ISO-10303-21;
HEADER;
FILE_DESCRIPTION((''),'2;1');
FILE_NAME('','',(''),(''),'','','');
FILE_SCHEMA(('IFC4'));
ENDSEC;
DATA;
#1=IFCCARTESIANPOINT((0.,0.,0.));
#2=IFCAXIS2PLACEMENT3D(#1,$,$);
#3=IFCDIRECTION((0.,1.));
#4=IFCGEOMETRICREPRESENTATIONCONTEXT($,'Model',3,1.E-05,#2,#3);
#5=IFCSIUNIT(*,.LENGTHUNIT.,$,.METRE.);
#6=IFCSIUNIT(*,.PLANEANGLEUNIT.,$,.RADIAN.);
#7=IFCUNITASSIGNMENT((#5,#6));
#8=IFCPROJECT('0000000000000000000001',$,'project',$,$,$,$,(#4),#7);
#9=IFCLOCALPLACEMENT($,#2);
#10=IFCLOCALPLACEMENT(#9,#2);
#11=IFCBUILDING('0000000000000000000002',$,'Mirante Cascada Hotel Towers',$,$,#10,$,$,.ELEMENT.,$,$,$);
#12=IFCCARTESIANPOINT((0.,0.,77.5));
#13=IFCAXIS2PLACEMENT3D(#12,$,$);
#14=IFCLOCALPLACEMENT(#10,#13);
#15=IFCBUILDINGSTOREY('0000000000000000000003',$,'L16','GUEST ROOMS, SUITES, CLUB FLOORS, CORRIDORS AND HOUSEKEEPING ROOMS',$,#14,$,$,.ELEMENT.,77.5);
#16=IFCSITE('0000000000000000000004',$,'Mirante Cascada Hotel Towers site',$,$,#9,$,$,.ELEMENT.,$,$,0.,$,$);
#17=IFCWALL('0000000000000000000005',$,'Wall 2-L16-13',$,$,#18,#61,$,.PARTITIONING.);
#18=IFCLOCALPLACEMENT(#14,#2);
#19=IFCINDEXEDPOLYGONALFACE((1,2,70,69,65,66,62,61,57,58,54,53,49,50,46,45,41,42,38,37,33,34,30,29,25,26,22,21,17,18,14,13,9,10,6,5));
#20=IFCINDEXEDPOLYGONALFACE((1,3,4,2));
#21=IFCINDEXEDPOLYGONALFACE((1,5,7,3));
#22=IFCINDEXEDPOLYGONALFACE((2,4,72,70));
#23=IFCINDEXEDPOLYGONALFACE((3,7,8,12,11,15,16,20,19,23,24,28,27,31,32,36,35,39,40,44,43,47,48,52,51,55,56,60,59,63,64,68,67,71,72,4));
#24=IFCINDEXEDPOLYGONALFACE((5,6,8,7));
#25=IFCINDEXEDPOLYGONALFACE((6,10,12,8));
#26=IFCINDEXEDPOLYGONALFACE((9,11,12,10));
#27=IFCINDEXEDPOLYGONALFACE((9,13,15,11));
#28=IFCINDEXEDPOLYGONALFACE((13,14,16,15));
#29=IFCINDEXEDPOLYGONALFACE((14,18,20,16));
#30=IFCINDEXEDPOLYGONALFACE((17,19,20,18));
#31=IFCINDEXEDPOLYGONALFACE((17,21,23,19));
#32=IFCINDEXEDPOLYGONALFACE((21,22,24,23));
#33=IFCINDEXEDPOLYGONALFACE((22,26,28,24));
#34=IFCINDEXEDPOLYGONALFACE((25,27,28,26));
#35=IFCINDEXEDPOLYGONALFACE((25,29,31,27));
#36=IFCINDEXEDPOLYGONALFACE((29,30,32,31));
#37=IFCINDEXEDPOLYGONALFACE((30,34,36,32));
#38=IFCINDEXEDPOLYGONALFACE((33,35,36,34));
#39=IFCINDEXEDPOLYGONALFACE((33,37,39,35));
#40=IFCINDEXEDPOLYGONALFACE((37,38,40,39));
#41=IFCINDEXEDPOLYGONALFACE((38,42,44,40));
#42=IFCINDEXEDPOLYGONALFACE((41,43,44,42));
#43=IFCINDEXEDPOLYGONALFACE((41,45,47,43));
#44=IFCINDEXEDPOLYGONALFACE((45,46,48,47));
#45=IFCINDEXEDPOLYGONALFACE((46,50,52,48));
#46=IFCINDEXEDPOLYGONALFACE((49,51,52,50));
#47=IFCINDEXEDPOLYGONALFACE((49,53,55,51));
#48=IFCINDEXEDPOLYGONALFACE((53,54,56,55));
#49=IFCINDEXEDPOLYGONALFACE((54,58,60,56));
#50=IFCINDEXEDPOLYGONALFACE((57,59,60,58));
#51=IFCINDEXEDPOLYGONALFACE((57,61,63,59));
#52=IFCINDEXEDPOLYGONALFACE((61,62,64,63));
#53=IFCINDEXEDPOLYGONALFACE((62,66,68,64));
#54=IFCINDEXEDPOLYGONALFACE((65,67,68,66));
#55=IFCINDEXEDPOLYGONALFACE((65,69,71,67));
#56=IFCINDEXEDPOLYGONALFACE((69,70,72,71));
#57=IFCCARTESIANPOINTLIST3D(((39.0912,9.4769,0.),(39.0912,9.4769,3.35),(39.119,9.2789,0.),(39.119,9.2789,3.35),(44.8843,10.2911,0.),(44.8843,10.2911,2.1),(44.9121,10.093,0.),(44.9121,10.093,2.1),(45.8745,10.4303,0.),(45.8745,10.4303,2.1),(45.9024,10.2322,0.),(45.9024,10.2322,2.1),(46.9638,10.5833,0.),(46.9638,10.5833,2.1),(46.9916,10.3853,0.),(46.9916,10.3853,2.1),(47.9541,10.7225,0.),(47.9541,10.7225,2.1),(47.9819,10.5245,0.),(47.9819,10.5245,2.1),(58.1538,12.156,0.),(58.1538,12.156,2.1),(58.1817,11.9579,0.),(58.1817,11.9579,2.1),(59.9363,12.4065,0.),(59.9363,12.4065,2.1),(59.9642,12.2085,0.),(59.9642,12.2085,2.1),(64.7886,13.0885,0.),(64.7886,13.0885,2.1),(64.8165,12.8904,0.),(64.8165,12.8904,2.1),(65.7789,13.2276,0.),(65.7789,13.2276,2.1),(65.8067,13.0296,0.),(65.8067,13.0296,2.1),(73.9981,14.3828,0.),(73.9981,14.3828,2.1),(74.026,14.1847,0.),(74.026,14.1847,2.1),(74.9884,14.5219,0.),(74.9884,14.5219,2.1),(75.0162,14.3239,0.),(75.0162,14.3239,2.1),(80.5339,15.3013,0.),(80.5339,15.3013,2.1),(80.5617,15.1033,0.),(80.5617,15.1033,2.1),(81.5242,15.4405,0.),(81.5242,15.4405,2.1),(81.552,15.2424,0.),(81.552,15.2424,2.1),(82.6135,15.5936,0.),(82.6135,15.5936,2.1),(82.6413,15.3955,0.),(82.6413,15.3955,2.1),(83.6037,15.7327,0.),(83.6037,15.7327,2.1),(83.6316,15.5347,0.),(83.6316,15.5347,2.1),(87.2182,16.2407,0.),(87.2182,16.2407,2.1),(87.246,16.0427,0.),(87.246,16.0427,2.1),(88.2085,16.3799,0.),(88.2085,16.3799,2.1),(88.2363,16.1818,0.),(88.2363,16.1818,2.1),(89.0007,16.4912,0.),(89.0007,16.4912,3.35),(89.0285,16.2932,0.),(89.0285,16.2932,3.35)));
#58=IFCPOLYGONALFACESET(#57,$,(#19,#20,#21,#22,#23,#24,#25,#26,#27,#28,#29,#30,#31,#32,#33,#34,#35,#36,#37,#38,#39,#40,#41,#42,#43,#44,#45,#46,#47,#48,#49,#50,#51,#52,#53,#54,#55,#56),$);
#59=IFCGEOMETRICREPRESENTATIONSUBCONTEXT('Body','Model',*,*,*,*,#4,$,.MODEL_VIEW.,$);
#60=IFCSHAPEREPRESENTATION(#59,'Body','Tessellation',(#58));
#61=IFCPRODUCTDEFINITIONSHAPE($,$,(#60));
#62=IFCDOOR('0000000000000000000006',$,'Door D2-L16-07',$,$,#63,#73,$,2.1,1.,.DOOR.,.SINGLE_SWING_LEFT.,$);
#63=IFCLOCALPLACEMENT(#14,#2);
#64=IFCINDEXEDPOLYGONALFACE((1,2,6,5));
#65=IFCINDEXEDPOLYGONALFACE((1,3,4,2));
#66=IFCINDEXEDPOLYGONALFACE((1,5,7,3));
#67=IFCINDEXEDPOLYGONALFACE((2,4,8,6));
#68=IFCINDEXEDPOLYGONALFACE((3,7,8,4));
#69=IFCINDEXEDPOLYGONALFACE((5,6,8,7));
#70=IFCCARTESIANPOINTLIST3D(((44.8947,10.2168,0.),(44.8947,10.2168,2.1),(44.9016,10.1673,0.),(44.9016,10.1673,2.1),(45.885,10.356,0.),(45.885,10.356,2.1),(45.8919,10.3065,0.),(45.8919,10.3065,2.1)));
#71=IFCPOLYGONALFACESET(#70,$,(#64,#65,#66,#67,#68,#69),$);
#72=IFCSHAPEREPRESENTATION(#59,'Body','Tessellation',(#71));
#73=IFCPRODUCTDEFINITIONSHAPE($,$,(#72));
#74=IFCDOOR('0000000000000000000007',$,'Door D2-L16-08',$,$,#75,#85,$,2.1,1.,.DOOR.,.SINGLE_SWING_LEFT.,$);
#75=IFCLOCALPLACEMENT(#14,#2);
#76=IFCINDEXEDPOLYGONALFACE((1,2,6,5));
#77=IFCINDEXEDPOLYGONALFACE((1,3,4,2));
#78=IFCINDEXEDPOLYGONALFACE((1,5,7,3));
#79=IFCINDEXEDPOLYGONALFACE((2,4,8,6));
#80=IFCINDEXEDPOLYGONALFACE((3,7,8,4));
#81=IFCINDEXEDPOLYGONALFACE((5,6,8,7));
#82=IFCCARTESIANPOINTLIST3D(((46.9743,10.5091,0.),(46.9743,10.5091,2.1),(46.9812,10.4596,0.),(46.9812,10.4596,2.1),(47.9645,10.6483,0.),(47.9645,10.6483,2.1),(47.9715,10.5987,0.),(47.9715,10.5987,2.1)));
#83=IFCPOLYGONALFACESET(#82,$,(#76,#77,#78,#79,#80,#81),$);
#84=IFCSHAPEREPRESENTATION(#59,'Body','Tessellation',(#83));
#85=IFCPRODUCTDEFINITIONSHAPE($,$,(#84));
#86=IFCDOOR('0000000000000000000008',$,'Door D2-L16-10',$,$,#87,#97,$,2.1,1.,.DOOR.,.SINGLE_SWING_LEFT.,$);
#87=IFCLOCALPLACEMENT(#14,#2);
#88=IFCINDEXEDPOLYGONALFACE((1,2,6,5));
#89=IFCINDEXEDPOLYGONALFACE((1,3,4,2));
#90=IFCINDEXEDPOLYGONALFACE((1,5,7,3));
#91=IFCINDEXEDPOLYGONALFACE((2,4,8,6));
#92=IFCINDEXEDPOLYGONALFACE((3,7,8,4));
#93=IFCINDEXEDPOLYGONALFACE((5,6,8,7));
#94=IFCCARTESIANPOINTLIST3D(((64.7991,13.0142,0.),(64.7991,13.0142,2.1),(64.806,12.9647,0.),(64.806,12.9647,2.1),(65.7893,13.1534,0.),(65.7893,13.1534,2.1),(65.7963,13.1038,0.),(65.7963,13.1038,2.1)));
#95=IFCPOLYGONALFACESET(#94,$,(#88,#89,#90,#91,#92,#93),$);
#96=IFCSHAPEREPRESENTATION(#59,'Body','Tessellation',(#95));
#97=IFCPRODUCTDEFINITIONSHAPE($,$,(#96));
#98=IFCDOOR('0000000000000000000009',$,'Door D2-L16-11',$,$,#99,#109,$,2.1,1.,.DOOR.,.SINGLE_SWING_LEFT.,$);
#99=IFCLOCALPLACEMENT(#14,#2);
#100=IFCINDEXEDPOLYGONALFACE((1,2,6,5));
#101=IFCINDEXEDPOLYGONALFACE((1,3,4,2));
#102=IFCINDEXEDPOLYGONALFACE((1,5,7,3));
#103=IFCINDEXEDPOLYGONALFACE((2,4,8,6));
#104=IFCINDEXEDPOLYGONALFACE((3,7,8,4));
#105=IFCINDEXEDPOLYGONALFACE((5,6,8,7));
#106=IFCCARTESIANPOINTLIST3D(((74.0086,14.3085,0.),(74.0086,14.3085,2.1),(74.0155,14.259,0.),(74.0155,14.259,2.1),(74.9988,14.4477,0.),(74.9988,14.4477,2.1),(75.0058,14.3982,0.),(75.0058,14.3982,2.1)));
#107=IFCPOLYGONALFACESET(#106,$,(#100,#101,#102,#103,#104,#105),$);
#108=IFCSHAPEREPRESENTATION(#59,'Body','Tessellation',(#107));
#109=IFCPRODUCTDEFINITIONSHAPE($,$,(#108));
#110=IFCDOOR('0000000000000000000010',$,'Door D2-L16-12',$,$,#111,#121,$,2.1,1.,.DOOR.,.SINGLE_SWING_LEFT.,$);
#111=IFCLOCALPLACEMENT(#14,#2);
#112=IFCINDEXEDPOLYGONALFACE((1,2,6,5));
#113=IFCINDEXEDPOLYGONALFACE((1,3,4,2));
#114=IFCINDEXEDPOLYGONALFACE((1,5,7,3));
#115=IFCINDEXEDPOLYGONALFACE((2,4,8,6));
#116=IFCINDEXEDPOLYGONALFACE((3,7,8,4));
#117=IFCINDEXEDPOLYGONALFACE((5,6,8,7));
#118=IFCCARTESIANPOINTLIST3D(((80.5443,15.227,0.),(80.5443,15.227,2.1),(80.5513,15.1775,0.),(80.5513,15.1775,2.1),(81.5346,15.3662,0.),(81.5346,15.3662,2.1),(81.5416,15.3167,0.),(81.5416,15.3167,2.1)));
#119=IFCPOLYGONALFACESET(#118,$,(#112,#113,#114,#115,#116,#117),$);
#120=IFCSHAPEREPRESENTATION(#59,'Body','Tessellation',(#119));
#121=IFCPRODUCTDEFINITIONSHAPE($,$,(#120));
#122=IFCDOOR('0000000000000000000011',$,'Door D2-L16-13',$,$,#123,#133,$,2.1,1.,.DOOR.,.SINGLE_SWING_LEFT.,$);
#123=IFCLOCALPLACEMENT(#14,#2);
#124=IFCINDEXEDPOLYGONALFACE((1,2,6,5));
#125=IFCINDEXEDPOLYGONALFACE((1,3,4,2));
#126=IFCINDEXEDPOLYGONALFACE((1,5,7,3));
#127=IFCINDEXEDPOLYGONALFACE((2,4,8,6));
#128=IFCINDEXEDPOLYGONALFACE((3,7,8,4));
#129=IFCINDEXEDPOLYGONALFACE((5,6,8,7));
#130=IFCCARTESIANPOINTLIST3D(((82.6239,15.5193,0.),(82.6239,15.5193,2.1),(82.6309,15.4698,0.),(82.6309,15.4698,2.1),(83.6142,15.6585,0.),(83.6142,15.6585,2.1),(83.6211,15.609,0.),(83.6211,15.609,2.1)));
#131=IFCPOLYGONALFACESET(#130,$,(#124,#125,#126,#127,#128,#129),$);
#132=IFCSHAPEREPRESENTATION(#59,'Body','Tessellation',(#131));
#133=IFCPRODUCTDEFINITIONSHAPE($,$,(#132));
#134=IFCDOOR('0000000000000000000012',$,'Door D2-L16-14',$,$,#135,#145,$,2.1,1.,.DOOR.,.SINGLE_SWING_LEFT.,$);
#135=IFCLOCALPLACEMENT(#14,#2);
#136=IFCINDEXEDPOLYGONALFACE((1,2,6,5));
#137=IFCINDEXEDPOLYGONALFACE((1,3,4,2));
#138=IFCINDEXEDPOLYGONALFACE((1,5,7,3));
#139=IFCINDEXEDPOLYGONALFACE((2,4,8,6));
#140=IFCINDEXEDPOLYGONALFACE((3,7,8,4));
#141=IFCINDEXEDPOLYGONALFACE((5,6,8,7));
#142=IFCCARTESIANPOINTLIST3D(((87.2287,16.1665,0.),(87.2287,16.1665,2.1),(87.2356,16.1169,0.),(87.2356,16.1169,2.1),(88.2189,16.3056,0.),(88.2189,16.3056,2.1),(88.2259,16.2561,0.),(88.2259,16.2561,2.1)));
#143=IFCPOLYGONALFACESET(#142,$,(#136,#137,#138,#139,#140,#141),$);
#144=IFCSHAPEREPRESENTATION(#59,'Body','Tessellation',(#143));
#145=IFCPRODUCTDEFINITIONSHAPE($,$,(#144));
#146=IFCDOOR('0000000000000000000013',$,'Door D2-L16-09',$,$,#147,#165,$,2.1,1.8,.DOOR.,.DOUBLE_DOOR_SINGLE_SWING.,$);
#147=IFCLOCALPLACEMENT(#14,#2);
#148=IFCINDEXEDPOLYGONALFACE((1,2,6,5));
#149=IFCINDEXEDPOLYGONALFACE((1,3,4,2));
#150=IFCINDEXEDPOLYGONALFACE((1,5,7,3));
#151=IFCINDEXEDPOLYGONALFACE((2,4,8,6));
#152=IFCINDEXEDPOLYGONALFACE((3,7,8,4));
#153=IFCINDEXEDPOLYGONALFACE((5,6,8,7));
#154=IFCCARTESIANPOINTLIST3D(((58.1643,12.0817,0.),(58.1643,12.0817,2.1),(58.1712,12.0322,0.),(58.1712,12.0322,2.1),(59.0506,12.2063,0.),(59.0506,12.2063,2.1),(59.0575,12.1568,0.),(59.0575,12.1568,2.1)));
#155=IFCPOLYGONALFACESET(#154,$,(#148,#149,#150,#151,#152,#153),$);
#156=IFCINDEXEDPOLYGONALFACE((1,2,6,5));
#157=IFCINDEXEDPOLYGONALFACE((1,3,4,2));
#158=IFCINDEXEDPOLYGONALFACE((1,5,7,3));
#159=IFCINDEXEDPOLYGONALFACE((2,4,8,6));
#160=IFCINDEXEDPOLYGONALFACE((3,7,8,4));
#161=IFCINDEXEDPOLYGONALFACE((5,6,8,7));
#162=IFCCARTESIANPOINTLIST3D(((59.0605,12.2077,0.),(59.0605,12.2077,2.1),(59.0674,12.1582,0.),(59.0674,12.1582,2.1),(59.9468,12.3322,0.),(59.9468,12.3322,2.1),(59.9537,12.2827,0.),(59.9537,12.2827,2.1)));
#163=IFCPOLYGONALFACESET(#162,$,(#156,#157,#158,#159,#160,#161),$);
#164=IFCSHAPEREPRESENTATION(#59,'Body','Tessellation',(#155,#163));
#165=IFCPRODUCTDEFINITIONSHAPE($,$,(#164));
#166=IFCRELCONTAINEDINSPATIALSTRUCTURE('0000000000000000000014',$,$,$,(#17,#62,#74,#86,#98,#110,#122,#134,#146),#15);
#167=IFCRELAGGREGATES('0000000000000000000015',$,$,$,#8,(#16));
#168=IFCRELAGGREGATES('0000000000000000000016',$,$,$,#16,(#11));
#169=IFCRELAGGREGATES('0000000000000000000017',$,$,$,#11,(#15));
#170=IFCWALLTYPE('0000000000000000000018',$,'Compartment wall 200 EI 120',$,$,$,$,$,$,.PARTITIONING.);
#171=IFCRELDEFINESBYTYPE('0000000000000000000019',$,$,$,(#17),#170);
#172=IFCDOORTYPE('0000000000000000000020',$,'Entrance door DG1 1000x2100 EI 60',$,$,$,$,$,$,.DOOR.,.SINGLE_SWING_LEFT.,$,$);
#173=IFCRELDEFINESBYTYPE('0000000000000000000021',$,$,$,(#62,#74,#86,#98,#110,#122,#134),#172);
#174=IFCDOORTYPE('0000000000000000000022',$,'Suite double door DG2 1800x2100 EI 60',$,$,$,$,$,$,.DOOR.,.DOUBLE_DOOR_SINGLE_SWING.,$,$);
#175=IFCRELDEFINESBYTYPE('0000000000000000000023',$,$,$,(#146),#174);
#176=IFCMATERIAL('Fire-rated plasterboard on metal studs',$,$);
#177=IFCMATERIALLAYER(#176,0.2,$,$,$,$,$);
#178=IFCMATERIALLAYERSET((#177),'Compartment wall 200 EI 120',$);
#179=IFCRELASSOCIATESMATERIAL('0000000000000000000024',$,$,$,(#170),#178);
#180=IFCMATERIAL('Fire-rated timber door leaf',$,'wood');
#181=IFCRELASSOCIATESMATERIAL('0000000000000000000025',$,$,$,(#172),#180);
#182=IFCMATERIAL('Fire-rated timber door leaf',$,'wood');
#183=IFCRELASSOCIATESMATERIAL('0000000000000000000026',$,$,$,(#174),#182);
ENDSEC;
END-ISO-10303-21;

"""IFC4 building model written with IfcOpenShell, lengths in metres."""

from ifc_helpers import new_model, si_unit, direction, frame, frame_2d, origin, place, context, subcontext, project, spatial, rectangle, extrude, material, layer, layer_set, type_object, element, fill, save


model = new_model("IFC4")

# Units and contexts
model_context = context("Model", 3, precision=1e-05, world=origin(), true_north=direction((0.0, 1.0)))
body_context = subcontext(model_context, "Body", "Model", "MODEL_VIEW")
ifc_project = project(units=[si_unit("LENGTHUNIT", "METRE"), si_unit("PLANEANGLEUNIT", "RADIAN")], contexts=[model_context])

# Site, building, storey
site_placement = place(None, origin())
site = spatial("IfcSite", under=ifc_project, at=site_placement, Name="Mirante Cascada Hotel Towers site", CompositionType="ELEMENT", RefElevation=0.0)
building_placement = place(site_placement, origin())
building = spatial("IfcBuilding", under=site, at=building_placement, Name="Mirante Cascada Hotel Towers", CompositionType="ELEMENT")
storey_placement = place(building_placement, frame((0.0, 0.0, 77.5)))
storey = spatial("IfcBuildingStorey", under=building, at=storey_placement, Name="L16", Description="GUEST ROOMS, SUITES, CLUB FLOORS, CORRIDORS AND HOUSEKEEPING ROOMS", CompositionType="ELEMENT", Elevation=77.5)

# Wall, openings, doors
ifc_material_1 = material(Name="Fire-rated plasterboard on metal studs")
ifc_layer_1 = layer(ifc_material_1, 0.2)
ifc_layer_set_1 = layer_set([ifc_layer_1], Name="Compartment wall 200 EI 120")
wall_type_1 = type_object("IfcWallType", Name="Compartment wall 200 EI 120", PredefinedType="PARTITIONING", material=ifc_layer_set_1)
wall_1_placement = place(storey_placement, frame((39.1051, 9.3779, 0.0), z_axis=(0.0, 0.0, 1.0), x_axis=(0.990268, 0.139173, 0.0)))
wall_1 = element("IfcWall", 1, at=wall_1_placement, inside=storey, type_object=wall_type_1, Name="Wall 2-L16-13", PredefinedType="PARTITIONING", context=body_context, shape_type="SweptSolid", body=[
    extrude(rectangle(XDim=50.4, YDim=0.2, at=frame_2d((25.2, 0.0))), origin(), (0.0, 0.0, 1.0), 3.35),
])
opening_1_placement = place(wall_1_placement, frame((5.85, 0.0, 0.0)))
opening_1 = element("IfcOpeningElement", 2, at=opening_1_placement, cuts=wall_1, PredefinedType="OPENING", context=body_context, shape_type="SweptSolid", body=[
    extrude(rectangle(XDim=1.0, YDim=2.1, at=frame_2d((0.5, 1.05))), frame((0.0, 0.1, 0.0), z_axis=(0.0, -1.0, 0.0), x_axis=(1.0, 0.0, 0.0)), (0.0, 0.0, 1.0), 0.2),
])
opening_2_placement = place(wall_1_placement, frame((7.95, 0.0, 0.0)))
opening_2 = element("IfcOpeningElement", 3, at=opening_2_placement, cuts=wall_1, PredefinedType="OPENING", context=body_context, shape_type="SweptSolid", body=[
    extrude(rectangle(XDim=1.0, YDim=2.1, at=frame_2d((0.5, 1.05))), frame((0.0, 0.1, 0.0), z_axis=(0.0, -1.0, 0.0), x_axis=(1.0, 0.0, 0.0)), (0.0, 0.0, 1.0), 0.2),
])
opening_3_placement = place(wall_1_placement, frame((19.25, 0.0, 0.0)))
opening_3 = element("IfcOpeningElement", 4, at=opening_3_placement, cuts=wall_1, PredefinedType="OPENING", context=body_context, shape_type="SweptSolid", body=[
    extrude(rectangle(XDim=1.8, YDim=2.1, at=frame_2d((0.9, 1.05))), frame((0.0, 0.1, 0.0), z_axis=(0.0, -1.0, 0.0), x_axis=(1.0, 0.0, 0.0)), (0.0, 0.0, 1.0), 0.2),
])
opening_4_placement = place(wall_1_placement, frame((25.95, 0.0, 0.0)))
opening_4 = element("IfcOpeningElement", 5, at=opening_4_placement, cuts=wall_1, PredefinedType="OPENING", context=body_context, shape_type="SweptSolid", body=[
    extrude(rectangle(XDim=1.0, YDim=2.1, at=frame_2d((0.5, 1.05))), frame((0.0, 0.1, 0.0), z_axis=(0.0, -1.0, 0.0), x_axis=(1.0, 0.0, 0.0)), (0.0, 0.0, 1.0), 0.2),
])
opening_5_placement = place(wall_1_placement, frame((35.25, 0.0, 0.0)))
opening_5 = element("IfcOpeningElement", 6, at=opening_5_placement, cuts=wall_1, PredefinedType="OPENING", context=body_context, shape_type="SweptSolid", body=[
    extrude(rectangle(XDim=1.0, YDim=2.1, at=frame_2d((0.5, 1.05))), frame((0.0, 0.1, 0.0), z_axis=(0.0, -1.0, 0.0), x_axis=(1.0, 0.0, 0.0)), (0.0, 0.0, 1.0), 0.2),
])
opening_6_placement = place(wall_1_placement, frame((41.85, 0.0, 0.0)))
opening_6 = element("IfcOpeningElement", 7, at=opening_6_placement, cuts=wall_1, PredefinedType="OPENING", context=body_context, shape_type="SweptSolid", body=[
    extrude(rectangle(XDim=1.0, YDim=2.1, at=frame_2d((0.5, 1.05))), frame((0.0, 0.1, 0.0), z_axis=(0.0, -1.0, 0.0), x_axis=(1.0, 0.0, 0.0)), (0.0, 0.0, 1.0), 0.2),
])
opening_7_placement = place(wall_1_placement, frame((43.95, 0.0, 0.0)))
opening_7 = element("IfcOpeningElement", 8, at=opening_7_placement, cuts=wall_1, PredefinedType="OPENING", context=body_context, shape_type="SweptSolid", body=[
    extrude(rectangle(XDim=1.0, YDim=2.1, at=frame_2d((0.5, 1.05))), frame((0.0, 0.1, 0.0), z_axis=(0.0, -1.0, 0.0), x_axis=(1.0, 0.0, 0.0)), (0.0, 0.0, 1.0), 0.2),
])
opening_8_placement = place(wall_1_placement, frame((48.6, 0.0, 0.0)))
opening_8 = element("IfcOpeningElement", 9, at=opening_8_placement, cuts=wall_1, PredefinedType="OPENING", context=body_context, shape_type="SweptSolid", body=[
    extrude(rectangle(XDim=1.0, YDim=2.1, at=frame_2d((0.5, 1.05))), frame((0.0, 0.1, 0.0), z_axis=(0.0, -1.0, 0.0), x_axis=(1.0, 0.0, 0.0)), (0.0, 0.0, 1.0), 0.2),
])
ifc_material_2 = material(Name="Fire-rated timber door leaf", Category="wood")
door_type_1 = type_object("IfcDoorType", Name="Entrance door DG1 1000x2100 EI 60", OperationType="SINGLE_SWING_LEFT", PredefinedType="DOOR", material=ifc_material_2)
door_1_placement = place(opening_1_placement, origin())
door_1 = element("IfcDoor", 10, at=door_1_placement, inside=storey, type_object=door_type_1, Name="Door D2-L16-07", OperationType="SINGLE_SWING_LEFT", OverallHeight=2.1, OverallWidth=1.0, PredefinedType="DOOR", context=body_context, shape_type="SweptSolid", body=[
    extrude(rectangle(XDim=1.0, YDim=2.1, at=frame_2d((0.5, 1.05))), frame((0.0, 0.025, 0.0), z_axis=(0.0, -1.0, 0.0), x_axis=(1.0, 0.0, 0.0)), (0.0, 0.0, 1.0), 0.05),
])
fill(opening_1, door_1)
door_2_placement = place(opening_2_placement, origin())
door_2 = element("IfcDoor", 11, at=door_2_placement, inside=storey, type_object=door_type_1, Name="Door D2-L16-08", OperationType="SINGLE_SWING_LEFT", OverallHeight=2.1, OverallWidth=1.0, PredefinedType="DOOR", context=body_context, shape_type="SweptSolid", body=[
    extrude(rectangle(XDim=1.0, YDim=2.1, at=frame_2d((0.5, 1.05))), frame((0.0, 0.025, 0.0), z_axis=(0.0, -1.0, 0.0), x_axis=(1.0, 0.0, 0.0)), (0.0, 0.0, 1.0), 0.05),
])
fill(opening_2, door_2)
door_3_placement = place(opening_4_placement, origin())
door_3 = element("IfcDoor", 12, at=door_3_placement, inside=storey, type_object=door_type_1, Name="Door D2-L16-10", OperationType="SINGLE_SWING_LEFT", OverallHeight=2.1, OverallWidth=1.0, PredefinedType="DOOR", context=body_context, shape_type="SweptSolid", body=[
    extrude(rectangle(XDim=1.0, YDim=2.1, at=frame_2d((0.5, 1.05))), frame((0.0, 0.025, 0.0), z_axis=(0.0, -1.0, 0.0), x_axis=(1.0, 0.0, 0.0)), (0.0, 0.0, 1.0), 0.05),
])
fill(opening_4, door_3)
door_4_placement = place(opening_5_placement, origin())
door_4 = element("IfcDoor", 13, at=door_4_placement, inside=storey, type_object=door_type_1, Name="Door D2-L16-11", OperationType="SINGLE_SWING_LEFT", OverallHeight=2.1, OverallWidth=1.0, PredefinedType="DOOR", context=body_context, shape_type="SweptSolid", body=[
    extrude(rectangle(XDim=1.0, YDim=2.1, at=frame_2d((0.5, 1.05))), frame((0.0, 0.025, 0.0), z_axis=(0.0, -1.0, 0.0), x_axis=(1.0, 0.0, 0.0)), (0.0, 0.0, 1.0), 0.05),
])
fill(opening_5, door_4)
door_5_placement = place(opening_6_placement, origin())
door_5 = element("IfcDoor", 14, at=door_5_placement, inside=storey, type_object=door_type_1, Name="Door D2-L16-12", OperationType="SINGLE_SWING_LEFT", OverallHeight=2.1, OverallWidth=1.0, PredefinedType="DOOR", context=body_context, shape_type="SweptSolid", body=[
    extrude(rectangle(XDim=1.0, YDim=2.1, at=frame_2d((0.5, 1.05))), frame((0.0, 0.025, 0.0), z_axis=(0.0, -1.0, 0.0), x_axis=(1.0, 0.0, 0.0)), (0.0, 0.0, 1.0), 0.05),
])
fill(opening_6, door_5)
door_6_placement = place(opening_7_placement, origin())
door_6 = element("IfcDoor", 15, at=door_6_placement, inside=storey, type_object=door_type_1, Name="Door D2-L16-13", OperationType="SINGLE_SWING_LEFT", OverallHeight=2.1, OverallWidth=1.0, PredefinedType="DOOR", context=body_context, shape_type="SweptSolid", body=[
    extrude(rectangle(XDim=1.0, YDim=2.1, at=frame_2d((0.5, 1.05))), frame((0.0, 0.025, 0.0), z_axis=(0.0, -1.0, 0.0), x_axis=(1.0, 0.0, 0.0)), (0.0, 0.0, 1.0), 0.05),
])
fill(opening_7, door_6)
door_7_placement = place(opening_8_placement, origin())
door_7 = element("IfcDoor", 16, at=door_7_placement, inside=storey, type_object=door_type_1, Name="Door D2-L16-14", OperationType="SINGLE_SWING_LEFT", OverallHeight=2.1, OverallWidth=1.0, PredefinedType="DOOR", context=body_context, shape_type="SweptSolid", body=[
    extrude(rectangle(XDim=1.0, YDim=2.1, at=frame_2d((0.5, 1.05))), frame((0.0, 0.025, 0.0), z_axis=(0.0, -1.0, 0.0), x_axis=(1.0, 0.0, 0.0)), (0.0, 0.0, 1.0), 0.05),
])
fill(opening_8, door_7)
ifc_material_3 = material(Name="Fire-rated timber door leaf", Category="wood")
door_type_2 = type_object("IfcDoorType", Name="Suite double door DG2 1800x2100 EI 60", OperationType="DOUBLE_DOOR_SINGLE_SWING", PredefinedType="DOOR", material=ifc_material_3)
door_8_placement = place(opening_3_placement, origin())
door_8 = element("IfcDoor", 17, at=door_8_placement, inside=storey, type_object=door_type_2, Name="Door D2-L16-09", OperationType="DOUBLE_DOOR_SINGLE_SWING", OverallHeight=2.1, OverallWidth=1.8, PredefinedType="DOOR", context=body_context, shape_type="SweptSolid", body=[
    extrude(rectangle(XDim=0.895, YDim=2.1, at=frame_2d((0.4475, 1.05))), frame((0.0, 0.025, 0.0), z_axis=(0.0, -1.0, 0.0), x_axis=(1.0, 0.0, 0.0)), (0.0, 0.0, 1.0), 0.05),
    extrude(rectangle(XDim=0.895, YDim=2.1, at=frame_2d((1.3525, 1.05))), frame((0.0, 0.025, 0.0), z_axis=(0.0, -1.0, 0.0), x_axis=(1.0, 0.0, 0.0)), (0.0, 0.0, 1.0), 0.05),
])
fill(opening_3, door_8)

save(model, "model.ifc")
